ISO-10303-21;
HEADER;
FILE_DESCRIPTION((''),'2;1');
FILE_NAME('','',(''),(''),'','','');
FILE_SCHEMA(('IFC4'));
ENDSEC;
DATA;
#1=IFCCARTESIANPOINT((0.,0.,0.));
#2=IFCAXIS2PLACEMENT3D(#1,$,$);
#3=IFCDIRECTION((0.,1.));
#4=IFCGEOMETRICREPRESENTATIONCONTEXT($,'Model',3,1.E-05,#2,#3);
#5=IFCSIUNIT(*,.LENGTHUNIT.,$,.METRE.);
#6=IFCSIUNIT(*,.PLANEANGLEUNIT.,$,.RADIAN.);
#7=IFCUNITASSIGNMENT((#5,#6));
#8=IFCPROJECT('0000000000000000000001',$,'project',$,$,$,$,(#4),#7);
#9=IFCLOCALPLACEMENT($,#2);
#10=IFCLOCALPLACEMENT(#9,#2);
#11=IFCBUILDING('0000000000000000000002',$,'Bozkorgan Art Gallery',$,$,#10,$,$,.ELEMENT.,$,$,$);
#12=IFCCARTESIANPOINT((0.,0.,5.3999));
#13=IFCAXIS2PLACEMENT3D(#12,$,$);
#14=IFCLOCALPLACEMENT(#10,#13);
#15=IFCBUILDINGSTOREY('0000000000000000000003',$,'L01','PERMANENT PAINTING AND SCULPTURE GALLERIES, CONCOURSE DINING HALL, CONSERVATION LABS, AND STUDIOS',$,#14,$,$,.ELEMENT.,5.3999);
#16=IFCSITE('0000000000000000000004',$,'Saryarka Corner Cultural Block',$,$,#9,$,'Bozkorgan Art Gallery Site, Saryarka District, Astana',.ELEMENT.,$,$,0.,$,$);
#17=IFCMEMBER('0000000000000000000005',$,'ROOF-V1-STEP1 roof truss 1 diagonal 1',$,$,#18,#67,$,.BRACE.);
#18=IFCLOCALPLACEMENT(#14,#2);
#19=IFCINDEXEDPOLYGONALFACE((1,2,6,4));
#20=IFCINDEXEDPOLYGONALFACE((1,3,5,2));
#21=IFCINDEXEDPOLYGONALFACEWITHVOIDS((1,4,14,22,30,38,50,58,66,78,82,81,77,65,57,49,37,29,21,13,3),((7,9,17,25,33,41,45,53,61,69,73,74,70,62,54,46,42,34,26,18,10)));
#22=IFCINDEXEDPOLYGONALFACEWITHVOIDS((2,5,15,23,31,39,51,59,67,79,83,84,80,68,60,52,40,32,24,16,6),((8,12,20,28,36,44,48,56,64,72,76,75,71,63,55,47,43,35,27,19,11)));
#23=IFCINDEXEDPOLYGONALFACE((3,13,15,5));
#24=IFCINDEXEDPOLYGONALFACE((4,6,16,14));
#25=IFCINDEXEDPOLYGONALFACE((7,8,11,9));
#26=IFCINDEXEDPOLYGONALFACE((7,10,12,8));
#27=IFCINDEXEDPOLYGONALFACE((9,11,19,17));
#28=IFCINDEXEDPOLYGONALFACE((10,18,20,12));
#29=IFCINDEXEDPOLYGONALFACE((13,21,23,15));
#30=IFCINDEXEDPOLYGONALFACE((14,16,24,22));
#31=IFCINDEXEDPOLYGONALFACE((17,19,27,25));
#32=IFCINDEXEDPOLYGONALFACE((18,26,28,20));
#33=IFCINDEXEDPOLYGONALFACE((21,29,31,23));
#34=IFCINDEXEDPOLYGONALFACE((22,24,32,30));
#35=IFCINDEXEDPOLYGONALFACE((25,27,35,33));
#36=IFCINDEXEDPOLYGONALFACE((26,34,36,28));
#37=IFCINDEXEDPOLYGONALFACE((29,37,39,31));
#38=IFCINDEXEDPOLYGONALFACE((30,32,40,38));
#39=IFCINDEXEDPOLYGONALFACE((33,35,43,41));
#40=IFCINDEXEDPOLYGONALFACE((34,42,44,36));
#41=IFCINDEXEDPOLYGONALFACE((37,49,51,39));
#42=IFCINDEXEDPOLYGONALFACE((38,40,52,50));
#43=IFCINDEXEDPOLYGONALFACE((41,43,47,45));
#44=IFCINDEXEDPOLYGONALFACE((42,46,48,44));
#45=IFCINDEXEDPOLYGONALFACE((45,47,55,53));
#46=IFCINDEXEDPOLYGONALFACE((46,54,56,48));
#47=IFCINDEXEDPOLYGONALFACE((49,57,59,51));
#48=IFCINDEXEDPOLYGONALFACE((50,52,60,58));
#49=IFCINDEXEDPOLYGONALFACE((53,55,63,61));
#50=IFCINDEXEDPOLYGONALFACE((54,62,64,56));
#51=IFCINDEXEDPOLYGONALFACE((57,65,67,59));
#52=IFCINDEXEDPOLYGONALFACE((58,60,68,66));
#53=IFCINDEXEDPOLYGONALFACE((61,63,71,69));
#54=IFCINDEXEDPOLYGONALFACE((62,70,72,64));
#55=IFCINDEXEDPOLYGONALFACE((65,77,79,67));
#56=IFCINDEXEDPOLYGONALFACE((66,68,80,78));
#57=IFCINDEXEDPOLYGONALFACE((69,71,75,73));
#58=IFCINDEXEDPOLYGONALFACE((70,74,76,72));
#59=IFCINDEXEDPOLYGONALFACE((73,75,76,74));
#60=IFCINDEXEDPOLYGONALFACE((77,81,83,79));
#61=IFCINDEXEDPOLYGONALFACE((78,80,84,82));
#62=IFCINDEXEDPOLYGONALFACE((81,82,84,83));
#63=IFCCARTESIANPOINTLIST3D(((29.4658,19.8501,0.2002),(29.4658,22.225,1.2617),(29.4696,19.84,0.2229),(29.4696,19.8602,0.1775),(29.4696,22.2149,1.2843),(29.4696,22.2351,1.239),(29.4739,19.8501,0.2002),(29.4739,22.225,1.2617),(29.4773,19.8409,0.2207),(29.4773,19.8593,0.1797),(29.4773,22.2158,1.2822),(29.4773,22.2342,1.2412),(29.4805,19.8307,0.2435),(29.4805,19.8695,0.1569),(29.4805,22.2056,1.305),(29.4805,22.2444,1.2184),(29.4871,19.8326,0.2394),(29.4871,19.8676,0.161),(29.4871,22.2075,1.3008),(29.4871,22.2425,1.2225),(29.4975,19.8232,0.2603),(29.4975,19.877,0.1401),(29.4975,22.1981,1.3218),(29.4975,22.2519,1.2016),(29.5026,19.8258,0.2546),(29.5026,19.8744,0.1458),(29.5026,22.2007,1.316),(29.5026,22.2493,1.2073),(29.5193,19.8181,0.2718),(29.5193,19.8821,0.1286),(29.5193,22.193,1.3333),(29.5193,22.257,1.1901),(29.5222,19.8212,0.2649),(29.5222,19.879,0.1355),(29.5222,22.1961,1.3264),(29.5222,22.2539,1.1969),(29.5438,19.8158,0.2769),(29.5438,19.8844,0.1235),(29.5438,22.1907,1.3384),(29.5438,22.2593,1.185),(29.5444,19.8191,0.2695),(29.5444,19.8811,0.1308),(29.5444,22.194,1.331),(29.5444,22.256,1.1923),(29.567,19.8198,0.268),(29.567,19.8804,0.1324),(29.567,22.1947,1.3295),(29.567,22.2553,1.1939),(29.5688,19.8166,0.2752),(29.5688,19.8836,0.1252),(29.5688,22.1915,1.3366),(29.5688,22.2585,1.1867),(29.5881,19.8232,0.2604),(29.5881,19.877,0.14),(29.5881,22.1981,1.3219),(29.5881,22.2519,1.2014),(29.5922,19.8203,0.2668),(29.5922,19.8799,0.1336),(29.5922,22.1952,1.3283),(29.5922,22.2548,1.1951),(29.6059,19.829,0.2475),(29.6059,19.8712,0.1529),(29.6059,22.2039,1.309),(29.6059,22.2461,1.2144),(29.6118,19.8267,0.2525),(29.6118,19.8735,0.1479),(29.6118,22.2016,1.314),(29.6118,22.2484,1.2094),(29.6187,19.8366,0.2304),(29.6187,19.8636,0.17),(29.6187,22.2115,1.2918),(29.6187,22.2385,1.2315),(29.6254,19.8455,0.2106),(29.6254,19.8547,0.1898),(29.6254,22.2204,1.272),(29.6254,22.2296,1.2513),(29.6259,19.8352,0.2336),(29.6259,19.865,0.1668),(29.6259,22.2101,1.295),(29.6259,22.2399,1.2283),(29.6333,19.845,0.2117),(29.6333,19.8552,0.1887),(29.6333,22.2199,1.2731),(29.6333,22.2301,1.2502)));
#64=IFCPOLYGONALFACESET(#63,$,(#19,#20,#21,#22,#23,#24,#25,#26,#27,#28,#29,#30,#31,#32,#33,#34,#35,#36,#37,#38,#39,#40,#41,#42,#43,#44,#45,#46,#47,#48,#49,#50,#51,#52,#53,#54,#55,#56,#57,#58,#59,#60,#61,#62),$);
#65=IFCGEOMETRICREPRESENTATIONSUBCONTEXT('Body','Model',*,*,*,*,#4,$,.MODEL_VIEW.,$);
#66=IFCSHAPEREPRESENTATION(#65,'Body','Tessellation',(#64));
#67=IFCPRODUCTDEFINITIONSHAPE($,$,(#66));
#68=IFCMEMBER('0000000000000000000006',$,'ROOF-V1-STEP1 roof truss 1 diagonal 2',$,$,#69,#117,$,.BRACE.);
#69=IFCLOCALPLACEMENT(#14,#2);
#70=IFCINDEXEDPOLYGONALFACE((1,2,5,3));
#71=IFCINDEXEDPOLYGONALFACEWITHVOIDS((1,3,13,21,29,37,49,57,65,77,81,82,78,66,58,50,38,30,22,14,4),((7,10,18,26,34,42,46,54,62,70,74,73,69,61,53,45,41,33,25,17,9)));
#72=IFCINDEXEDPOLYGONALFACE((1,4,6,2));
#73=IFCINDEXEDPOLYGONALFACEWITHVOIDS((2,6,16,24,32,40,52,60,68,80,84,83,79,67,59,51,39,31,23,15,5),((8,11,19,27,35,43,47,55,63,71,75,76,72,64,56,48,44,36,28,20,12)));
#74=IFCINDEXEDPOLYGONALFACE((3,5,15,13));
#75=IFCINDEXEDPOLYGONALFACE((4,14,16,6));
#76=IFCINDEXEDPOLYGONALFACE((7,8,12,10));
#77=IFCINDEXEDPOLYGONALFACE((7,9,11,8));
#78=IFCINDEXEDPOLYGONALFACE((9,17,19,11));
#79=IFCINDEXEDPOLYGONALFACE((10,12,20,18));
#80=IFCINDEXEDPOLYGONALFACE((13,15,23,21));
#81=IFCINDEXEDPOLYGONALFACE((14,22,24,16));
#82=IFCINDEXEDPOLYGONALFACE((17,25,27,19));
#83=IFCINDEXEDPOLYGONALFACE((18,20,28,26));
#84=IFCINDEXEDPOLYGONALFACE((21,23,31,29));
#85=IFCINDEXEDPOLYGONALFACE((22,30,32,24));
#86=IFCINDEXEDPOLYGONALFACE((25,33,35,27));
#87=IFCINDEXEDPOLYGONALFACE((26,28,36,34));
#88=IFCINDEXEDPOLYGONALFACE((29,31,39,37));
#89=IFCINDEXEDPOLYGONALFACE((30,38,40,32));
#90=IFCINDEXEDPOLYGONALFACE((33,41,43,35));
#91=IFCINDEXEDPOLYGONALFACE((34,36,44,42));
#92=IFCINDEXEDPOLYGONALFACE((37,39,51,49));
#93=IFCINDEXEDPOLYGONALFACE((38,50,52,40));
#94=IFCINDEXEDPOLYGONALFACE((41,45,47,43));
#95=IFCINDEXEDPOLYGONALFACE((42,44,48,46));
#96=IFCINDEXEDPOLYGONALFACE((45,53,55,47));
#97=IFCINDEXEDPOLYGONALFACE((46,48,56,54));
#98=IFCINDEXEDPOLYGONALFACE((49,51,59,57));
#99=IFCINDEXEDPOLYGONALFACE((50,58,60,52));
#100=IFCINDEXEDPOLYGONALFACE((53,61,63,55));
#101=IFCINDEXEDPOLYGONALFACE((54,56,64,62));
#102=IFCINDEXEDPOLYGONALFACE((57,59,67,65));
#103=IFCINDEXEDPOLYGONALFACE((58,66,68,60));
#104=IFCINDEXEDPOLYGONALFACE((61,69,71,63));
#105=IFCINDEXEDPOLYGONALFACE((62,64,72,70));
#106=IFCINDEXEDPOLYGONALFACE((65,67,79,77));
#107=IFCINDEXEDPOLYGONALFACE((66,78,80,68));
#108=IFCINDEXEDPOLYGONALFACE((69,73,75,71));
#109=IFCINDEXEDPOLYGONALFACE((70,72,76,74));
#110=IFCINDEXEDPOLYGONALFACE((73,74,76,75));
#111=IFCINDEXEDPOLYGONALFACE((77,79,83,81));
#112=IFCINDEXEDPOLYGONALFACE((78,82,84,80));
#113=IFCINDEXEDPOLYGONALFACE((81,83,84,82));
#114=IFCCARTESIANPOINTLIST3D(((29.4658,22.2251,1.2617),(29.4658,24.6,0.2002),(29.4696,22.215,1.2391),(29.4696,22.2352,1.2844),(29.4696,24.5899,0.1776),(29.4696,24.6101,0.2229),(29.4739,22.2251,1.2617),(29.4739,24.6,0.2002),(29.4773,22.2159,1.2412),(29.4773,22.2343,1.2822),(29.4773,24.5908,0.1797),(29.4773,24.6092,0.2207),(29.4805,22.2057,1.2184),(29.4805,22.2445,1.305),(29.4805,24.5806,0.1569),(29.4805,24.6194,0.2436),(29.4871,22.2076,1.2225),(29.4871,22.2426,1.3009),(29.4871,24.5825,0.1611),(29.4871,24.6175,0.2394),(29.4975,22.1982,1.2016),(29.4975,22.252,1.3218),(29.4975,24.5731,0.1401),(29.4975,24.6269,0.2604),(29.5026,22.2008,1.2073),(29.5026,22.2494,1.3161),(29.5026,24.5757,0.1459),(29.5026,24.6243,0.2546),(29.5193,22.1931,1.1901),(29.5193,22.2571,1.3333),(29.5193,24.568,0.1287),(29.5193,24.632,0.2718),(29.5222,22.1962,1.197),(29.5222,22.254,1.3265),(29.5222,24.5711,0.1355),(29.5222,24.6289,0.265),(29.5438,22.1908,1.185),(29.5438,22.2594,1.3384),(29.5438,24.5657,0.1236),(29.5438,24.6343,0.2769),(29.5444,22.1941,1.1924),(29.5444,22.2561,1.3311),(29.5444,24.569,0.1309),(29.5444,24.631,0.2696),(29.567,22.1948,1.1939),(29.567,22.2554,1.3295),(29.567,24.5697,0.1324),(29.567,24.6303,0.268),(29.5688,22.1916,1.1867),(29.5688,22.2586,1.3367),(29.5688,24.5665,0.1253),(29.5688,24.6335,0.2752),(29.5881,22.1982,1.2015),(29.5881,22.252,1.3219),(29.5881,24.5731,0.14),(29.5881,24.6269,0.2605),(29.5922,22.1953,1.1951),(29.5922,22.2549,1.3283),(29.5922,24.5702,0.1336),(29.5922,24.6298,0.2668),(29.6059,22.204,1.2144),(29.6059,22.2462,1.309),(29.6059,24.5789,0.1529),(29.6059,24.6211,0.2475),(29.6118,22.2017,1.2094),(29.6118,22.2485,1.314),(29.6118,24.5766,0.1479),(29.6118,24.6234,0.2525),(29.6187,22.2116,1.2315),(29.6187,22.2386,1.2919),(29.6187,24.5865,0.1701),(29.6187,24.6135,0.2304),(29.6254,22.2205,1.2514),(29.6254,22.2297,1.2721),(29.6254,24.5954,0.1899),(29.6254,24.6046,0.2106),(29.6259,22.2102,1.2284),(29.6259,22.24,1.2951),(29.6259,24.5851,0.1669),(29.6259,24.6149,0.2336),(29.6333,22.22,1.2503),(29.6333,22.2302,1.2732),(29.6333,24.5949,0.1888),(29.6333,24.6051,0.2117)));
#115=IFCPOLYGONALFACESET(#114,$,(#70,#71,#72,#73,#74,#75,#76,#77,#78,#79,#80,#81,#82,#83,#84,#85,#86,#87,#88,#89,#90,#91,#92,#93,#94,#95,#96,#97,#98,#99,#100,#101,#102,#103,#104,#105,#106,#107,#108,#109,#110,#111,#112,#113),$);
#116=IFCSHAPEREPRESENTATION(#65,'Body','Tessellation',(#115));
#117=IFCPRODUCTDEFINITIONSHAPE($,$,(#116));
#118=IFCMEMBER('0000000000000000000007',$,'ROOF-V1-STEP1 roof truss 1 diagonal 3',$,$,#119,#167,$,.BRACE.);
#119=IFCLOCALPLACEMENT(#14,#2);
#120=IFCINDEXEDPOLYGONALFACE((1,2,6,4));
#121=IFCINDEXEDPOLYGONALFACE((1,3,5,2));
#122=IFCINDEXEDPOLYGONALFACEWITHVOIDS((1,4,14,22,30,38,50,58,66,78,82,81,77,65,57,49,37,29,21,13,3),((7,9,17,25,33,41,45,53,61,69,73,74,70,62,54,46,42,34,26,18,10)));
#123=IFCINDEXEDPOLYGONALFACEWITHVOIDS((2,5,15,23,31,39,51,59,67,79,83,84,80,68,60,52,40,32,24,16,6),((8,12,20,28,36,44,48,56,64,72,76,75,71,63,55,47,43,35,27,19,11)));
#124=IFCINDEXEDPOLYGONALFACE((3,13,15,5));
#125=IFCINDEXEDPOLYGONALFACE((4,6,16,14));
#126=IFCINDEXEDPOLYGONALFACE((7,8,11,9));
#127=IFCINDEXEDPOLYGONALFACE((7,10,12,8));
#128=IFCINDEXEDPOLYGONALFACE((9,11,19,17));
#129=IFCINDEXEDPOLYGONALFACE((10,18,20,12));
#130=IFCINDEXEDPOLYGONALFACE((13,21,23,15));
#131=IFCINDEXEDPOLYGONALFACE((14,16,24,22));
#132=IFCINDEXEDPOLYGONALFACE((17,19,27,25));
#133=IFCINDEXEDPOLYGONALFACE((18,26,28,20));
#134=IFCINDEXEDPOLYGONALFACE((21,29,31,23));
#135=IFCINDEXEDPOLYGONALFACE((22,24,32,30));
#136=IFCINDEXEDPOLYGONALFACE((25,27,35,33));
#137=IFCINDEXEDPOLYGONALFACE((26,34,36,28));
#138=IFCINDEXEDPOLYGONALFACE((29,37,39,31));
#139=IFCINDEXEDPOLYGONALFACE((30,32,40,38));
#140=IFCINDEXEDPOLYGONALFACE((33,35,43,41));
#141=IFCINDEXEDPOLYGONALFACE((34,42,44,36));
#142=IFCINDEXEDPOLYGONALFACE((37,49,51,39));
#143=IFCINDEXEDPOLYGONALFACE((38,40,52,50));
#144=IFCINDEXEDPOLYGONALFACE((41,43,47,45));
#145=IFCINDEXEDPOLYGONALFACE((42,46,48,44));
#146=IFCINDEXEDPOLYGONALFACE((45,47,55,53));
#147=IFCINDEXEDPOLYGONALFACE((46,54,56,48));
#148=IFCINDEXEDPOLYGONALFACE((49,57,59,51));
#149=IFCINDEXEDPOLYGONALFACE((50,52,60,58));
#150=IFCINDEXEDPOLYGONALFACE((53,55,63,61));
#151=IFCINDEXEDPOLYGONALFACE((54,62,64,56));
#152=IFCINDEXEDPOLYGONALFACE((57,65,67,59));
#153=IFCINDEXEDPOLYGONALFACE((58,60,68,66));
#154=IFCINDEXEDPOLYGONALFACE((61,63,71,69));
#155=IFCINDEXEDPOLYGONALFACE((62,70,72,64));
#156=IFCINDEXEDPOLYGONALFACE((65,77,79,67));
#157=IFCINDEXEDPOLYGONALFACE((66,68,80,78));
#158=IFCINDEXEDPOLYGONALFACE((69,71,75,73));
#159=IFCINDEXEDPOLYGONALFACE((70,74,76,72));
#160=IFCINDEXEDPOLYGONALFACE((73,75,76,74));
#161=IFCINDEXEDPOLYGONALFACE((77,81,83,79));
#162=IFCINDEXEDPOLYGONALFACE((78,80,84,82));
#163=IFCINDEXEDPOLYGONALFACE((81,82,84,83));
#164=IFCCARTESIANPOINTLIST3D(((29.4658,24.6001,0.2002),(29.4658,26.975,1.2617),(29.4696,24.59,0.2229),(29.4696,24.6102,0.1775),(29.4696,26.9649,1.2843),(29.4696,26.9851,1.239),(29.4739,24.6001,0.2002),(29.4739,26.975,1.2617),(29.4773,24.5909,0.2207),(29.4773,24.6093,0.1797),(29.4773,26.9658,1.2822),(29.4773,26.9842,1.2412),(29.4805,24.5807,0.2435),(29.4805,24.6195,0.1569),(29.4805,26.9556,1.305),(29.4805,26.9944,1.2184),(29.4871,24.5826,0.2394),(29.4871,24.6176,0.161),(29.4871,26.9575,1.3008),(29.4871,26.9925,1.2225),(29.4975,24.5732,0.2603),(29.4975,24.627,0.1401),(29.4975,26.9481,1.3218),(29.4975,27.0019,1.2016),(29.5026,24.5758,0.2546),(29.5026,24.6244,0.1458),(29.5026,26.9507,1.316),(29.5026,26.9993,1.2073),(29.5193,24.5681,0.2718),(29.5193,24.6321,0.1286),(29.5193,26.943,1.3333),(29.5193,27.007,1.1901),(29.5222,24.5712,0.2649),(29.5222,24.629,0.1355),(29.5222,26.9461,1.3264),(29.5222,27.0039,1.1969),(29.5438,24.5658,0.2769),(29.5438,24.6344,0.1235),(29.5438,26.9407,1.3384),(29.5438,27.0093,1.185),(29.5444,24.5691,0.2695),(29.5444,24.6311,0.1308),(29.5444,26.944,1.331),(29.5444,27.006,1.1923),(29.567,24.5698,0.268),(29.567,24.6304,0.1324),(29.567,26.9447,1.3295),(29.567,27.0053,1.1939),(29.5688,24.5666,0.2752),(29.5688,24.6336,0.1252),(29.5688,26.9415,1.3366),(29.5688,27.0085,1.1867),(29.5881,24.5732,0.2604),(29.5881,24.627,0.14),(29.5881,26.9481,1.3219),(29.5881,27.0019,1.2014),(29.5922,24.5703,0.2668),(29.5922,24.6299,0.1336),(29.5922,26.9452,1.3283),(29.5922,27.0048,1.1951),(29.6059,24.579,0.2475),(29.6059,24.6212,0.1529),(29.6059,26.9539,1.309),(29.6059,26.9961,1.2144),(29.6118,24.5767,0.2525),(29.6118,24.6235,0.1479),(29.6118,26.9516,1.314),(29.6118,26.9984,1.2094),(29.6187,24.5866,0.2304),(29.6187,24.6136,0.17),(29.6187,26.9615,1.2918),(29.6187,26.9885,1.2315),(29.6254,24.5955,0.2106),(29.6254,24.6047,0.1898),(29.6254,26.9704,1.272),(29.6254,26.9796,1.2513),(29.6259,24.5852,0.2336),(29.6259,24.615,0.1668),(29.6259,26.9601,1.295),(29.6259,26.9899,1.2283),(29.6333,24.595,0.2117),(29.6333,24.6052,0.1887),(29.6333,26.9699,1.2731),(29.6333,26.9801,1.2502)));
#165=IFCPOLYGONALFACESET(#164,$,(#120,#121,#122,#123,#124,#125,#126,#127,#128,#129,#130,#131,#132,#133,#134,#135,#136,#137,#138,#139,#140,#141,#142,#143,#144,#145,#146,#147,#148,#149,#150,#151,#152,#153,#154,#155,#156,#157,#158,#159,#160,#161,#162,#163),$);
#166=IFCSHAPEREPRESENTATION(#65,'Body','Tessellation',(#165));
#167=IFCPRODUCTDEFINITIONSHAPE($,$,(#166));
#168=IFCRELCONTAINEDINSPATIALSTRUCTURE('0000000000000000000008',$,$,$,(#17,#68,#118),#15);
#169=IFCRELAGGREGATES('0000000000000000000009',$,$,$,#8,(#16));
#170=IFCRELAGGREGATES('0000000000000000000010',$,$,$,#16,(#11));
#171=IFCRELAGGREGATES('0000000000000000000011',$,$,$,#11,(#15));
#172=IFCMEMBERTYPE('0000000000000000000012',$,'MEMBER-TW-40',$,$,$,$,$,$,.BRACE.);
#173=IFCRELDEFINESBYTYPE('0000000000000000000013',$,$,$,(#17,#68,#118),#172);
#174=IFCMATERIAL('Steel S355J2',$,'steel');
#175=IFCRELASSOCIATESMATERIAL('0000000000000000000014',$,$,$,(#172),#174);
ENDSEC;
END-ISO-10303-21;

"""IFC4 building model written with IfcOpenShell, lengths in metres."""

from ifc_helpers import new_model, si_unit, direction, frame, origin, origin_2d, place, context, subcontext, project, spatial, hollow_circle, extrude, material, material_profile, profile_set, type_object, element, save


model = new_model("IFC4")

# Units and contexts
model_context = context("Model", 3, precision=1e-05, world=origin(), true_north=direction((0.0, 1.0)))
body_context = subcontext(model_context, "Body", "Model", "MODEL_VIEW")
ifc_project = project(units=[si_unit("LENGTHUNIT", "METRE"), si_unit("PLANEANGLEUNIT", "RADIAN")], contexts=[model_context])

# Site, building, storey
site_placement = place(None, origin())
site = spatial("IfcSite", under=ifc_project, at=site_placement, Name="Saryarka Corner Cultural Block", LongName="Bozkorgan Art Gallery Site, Saryarka District, Astana", CompositionType="ELEMENT", RefElevation=0.0)
building_placement = place(site_placement, origin())
building = spatial("IfcBuilding", under=site, at=building_placement, Name="Bozkorgan Art Gallery", CompositionType="ELEMENT")
storey_placement = place(building_placement, frame((0.0, 0.0, 5.3999)))
storey = spatial("IfcBuildingStorey", under=building, at=storey_placement, Name="L01", Description="PERMANENT PAINTING AND SCULPTURE GALLERIES, CONCOURSE DINING HALL, CONSERVATION LABS, AND STUDIOS", CompositionType="ELEMENT", Elevation=5.3999)

# Members
ifc_material_1 = material(Name="Steel S355J2", Category="steel")
ifc_material_profile_1 = material_profile(ifc_material_1, hollow_circle(Radius=0.0842, WallThickness=0.0081, at=origin_2d()), Name="CHS 168.3x8")
ifc_profile_set_1 = profile_set([ifc_material_profile_1], Name="Steel S355J2")
member_type_1 = type_object("IfcMemberType", Name="MEMBER-TW-40", PredefinedType="BRACE", material=ifc_profile_set_1)
for number, where, z_axis, x_axis, name in (
    (1, (29.55, 19.8501, 0.2002), (0.0, 0.912958, 0.408053), (-1.0, 0.0, 0.0), "ROOF-V1-STEP1 roof truss 1 diagonal 1"),
    (2, (29.55, 22.2251, 1.2617), (0.0, 0.912958, -0.408053), (-1.0, 0.0, 0.0), "ROOF-V1-STEP1 roof truss 1 diagonal 2"),
    (3, (29.55, 24.6001, 0.2002), (0.0, 0.912958, 0.408053), (-1.0, 0.0, 0.0), "ROOF-V1-STEP1 roof truss 1 diagonal 3"),
):
    element("IfcMember", number, at=place(storey_placement, frame(where, z_axis=z_axis, x_axis=x_axis)), inside=storey, type_object=member_type_1, Name=name, PredefinedType="BRACE", context=body_context, shape_type="SweptSolid", body=[
        extrude(hollow_circle(Radius=0.0842, WallThickness=0.0081, at=origin_2d()), origin(), (0.0, 0.0, 1.0), 2.6013),
    ])

save(model, "model.ifc")
